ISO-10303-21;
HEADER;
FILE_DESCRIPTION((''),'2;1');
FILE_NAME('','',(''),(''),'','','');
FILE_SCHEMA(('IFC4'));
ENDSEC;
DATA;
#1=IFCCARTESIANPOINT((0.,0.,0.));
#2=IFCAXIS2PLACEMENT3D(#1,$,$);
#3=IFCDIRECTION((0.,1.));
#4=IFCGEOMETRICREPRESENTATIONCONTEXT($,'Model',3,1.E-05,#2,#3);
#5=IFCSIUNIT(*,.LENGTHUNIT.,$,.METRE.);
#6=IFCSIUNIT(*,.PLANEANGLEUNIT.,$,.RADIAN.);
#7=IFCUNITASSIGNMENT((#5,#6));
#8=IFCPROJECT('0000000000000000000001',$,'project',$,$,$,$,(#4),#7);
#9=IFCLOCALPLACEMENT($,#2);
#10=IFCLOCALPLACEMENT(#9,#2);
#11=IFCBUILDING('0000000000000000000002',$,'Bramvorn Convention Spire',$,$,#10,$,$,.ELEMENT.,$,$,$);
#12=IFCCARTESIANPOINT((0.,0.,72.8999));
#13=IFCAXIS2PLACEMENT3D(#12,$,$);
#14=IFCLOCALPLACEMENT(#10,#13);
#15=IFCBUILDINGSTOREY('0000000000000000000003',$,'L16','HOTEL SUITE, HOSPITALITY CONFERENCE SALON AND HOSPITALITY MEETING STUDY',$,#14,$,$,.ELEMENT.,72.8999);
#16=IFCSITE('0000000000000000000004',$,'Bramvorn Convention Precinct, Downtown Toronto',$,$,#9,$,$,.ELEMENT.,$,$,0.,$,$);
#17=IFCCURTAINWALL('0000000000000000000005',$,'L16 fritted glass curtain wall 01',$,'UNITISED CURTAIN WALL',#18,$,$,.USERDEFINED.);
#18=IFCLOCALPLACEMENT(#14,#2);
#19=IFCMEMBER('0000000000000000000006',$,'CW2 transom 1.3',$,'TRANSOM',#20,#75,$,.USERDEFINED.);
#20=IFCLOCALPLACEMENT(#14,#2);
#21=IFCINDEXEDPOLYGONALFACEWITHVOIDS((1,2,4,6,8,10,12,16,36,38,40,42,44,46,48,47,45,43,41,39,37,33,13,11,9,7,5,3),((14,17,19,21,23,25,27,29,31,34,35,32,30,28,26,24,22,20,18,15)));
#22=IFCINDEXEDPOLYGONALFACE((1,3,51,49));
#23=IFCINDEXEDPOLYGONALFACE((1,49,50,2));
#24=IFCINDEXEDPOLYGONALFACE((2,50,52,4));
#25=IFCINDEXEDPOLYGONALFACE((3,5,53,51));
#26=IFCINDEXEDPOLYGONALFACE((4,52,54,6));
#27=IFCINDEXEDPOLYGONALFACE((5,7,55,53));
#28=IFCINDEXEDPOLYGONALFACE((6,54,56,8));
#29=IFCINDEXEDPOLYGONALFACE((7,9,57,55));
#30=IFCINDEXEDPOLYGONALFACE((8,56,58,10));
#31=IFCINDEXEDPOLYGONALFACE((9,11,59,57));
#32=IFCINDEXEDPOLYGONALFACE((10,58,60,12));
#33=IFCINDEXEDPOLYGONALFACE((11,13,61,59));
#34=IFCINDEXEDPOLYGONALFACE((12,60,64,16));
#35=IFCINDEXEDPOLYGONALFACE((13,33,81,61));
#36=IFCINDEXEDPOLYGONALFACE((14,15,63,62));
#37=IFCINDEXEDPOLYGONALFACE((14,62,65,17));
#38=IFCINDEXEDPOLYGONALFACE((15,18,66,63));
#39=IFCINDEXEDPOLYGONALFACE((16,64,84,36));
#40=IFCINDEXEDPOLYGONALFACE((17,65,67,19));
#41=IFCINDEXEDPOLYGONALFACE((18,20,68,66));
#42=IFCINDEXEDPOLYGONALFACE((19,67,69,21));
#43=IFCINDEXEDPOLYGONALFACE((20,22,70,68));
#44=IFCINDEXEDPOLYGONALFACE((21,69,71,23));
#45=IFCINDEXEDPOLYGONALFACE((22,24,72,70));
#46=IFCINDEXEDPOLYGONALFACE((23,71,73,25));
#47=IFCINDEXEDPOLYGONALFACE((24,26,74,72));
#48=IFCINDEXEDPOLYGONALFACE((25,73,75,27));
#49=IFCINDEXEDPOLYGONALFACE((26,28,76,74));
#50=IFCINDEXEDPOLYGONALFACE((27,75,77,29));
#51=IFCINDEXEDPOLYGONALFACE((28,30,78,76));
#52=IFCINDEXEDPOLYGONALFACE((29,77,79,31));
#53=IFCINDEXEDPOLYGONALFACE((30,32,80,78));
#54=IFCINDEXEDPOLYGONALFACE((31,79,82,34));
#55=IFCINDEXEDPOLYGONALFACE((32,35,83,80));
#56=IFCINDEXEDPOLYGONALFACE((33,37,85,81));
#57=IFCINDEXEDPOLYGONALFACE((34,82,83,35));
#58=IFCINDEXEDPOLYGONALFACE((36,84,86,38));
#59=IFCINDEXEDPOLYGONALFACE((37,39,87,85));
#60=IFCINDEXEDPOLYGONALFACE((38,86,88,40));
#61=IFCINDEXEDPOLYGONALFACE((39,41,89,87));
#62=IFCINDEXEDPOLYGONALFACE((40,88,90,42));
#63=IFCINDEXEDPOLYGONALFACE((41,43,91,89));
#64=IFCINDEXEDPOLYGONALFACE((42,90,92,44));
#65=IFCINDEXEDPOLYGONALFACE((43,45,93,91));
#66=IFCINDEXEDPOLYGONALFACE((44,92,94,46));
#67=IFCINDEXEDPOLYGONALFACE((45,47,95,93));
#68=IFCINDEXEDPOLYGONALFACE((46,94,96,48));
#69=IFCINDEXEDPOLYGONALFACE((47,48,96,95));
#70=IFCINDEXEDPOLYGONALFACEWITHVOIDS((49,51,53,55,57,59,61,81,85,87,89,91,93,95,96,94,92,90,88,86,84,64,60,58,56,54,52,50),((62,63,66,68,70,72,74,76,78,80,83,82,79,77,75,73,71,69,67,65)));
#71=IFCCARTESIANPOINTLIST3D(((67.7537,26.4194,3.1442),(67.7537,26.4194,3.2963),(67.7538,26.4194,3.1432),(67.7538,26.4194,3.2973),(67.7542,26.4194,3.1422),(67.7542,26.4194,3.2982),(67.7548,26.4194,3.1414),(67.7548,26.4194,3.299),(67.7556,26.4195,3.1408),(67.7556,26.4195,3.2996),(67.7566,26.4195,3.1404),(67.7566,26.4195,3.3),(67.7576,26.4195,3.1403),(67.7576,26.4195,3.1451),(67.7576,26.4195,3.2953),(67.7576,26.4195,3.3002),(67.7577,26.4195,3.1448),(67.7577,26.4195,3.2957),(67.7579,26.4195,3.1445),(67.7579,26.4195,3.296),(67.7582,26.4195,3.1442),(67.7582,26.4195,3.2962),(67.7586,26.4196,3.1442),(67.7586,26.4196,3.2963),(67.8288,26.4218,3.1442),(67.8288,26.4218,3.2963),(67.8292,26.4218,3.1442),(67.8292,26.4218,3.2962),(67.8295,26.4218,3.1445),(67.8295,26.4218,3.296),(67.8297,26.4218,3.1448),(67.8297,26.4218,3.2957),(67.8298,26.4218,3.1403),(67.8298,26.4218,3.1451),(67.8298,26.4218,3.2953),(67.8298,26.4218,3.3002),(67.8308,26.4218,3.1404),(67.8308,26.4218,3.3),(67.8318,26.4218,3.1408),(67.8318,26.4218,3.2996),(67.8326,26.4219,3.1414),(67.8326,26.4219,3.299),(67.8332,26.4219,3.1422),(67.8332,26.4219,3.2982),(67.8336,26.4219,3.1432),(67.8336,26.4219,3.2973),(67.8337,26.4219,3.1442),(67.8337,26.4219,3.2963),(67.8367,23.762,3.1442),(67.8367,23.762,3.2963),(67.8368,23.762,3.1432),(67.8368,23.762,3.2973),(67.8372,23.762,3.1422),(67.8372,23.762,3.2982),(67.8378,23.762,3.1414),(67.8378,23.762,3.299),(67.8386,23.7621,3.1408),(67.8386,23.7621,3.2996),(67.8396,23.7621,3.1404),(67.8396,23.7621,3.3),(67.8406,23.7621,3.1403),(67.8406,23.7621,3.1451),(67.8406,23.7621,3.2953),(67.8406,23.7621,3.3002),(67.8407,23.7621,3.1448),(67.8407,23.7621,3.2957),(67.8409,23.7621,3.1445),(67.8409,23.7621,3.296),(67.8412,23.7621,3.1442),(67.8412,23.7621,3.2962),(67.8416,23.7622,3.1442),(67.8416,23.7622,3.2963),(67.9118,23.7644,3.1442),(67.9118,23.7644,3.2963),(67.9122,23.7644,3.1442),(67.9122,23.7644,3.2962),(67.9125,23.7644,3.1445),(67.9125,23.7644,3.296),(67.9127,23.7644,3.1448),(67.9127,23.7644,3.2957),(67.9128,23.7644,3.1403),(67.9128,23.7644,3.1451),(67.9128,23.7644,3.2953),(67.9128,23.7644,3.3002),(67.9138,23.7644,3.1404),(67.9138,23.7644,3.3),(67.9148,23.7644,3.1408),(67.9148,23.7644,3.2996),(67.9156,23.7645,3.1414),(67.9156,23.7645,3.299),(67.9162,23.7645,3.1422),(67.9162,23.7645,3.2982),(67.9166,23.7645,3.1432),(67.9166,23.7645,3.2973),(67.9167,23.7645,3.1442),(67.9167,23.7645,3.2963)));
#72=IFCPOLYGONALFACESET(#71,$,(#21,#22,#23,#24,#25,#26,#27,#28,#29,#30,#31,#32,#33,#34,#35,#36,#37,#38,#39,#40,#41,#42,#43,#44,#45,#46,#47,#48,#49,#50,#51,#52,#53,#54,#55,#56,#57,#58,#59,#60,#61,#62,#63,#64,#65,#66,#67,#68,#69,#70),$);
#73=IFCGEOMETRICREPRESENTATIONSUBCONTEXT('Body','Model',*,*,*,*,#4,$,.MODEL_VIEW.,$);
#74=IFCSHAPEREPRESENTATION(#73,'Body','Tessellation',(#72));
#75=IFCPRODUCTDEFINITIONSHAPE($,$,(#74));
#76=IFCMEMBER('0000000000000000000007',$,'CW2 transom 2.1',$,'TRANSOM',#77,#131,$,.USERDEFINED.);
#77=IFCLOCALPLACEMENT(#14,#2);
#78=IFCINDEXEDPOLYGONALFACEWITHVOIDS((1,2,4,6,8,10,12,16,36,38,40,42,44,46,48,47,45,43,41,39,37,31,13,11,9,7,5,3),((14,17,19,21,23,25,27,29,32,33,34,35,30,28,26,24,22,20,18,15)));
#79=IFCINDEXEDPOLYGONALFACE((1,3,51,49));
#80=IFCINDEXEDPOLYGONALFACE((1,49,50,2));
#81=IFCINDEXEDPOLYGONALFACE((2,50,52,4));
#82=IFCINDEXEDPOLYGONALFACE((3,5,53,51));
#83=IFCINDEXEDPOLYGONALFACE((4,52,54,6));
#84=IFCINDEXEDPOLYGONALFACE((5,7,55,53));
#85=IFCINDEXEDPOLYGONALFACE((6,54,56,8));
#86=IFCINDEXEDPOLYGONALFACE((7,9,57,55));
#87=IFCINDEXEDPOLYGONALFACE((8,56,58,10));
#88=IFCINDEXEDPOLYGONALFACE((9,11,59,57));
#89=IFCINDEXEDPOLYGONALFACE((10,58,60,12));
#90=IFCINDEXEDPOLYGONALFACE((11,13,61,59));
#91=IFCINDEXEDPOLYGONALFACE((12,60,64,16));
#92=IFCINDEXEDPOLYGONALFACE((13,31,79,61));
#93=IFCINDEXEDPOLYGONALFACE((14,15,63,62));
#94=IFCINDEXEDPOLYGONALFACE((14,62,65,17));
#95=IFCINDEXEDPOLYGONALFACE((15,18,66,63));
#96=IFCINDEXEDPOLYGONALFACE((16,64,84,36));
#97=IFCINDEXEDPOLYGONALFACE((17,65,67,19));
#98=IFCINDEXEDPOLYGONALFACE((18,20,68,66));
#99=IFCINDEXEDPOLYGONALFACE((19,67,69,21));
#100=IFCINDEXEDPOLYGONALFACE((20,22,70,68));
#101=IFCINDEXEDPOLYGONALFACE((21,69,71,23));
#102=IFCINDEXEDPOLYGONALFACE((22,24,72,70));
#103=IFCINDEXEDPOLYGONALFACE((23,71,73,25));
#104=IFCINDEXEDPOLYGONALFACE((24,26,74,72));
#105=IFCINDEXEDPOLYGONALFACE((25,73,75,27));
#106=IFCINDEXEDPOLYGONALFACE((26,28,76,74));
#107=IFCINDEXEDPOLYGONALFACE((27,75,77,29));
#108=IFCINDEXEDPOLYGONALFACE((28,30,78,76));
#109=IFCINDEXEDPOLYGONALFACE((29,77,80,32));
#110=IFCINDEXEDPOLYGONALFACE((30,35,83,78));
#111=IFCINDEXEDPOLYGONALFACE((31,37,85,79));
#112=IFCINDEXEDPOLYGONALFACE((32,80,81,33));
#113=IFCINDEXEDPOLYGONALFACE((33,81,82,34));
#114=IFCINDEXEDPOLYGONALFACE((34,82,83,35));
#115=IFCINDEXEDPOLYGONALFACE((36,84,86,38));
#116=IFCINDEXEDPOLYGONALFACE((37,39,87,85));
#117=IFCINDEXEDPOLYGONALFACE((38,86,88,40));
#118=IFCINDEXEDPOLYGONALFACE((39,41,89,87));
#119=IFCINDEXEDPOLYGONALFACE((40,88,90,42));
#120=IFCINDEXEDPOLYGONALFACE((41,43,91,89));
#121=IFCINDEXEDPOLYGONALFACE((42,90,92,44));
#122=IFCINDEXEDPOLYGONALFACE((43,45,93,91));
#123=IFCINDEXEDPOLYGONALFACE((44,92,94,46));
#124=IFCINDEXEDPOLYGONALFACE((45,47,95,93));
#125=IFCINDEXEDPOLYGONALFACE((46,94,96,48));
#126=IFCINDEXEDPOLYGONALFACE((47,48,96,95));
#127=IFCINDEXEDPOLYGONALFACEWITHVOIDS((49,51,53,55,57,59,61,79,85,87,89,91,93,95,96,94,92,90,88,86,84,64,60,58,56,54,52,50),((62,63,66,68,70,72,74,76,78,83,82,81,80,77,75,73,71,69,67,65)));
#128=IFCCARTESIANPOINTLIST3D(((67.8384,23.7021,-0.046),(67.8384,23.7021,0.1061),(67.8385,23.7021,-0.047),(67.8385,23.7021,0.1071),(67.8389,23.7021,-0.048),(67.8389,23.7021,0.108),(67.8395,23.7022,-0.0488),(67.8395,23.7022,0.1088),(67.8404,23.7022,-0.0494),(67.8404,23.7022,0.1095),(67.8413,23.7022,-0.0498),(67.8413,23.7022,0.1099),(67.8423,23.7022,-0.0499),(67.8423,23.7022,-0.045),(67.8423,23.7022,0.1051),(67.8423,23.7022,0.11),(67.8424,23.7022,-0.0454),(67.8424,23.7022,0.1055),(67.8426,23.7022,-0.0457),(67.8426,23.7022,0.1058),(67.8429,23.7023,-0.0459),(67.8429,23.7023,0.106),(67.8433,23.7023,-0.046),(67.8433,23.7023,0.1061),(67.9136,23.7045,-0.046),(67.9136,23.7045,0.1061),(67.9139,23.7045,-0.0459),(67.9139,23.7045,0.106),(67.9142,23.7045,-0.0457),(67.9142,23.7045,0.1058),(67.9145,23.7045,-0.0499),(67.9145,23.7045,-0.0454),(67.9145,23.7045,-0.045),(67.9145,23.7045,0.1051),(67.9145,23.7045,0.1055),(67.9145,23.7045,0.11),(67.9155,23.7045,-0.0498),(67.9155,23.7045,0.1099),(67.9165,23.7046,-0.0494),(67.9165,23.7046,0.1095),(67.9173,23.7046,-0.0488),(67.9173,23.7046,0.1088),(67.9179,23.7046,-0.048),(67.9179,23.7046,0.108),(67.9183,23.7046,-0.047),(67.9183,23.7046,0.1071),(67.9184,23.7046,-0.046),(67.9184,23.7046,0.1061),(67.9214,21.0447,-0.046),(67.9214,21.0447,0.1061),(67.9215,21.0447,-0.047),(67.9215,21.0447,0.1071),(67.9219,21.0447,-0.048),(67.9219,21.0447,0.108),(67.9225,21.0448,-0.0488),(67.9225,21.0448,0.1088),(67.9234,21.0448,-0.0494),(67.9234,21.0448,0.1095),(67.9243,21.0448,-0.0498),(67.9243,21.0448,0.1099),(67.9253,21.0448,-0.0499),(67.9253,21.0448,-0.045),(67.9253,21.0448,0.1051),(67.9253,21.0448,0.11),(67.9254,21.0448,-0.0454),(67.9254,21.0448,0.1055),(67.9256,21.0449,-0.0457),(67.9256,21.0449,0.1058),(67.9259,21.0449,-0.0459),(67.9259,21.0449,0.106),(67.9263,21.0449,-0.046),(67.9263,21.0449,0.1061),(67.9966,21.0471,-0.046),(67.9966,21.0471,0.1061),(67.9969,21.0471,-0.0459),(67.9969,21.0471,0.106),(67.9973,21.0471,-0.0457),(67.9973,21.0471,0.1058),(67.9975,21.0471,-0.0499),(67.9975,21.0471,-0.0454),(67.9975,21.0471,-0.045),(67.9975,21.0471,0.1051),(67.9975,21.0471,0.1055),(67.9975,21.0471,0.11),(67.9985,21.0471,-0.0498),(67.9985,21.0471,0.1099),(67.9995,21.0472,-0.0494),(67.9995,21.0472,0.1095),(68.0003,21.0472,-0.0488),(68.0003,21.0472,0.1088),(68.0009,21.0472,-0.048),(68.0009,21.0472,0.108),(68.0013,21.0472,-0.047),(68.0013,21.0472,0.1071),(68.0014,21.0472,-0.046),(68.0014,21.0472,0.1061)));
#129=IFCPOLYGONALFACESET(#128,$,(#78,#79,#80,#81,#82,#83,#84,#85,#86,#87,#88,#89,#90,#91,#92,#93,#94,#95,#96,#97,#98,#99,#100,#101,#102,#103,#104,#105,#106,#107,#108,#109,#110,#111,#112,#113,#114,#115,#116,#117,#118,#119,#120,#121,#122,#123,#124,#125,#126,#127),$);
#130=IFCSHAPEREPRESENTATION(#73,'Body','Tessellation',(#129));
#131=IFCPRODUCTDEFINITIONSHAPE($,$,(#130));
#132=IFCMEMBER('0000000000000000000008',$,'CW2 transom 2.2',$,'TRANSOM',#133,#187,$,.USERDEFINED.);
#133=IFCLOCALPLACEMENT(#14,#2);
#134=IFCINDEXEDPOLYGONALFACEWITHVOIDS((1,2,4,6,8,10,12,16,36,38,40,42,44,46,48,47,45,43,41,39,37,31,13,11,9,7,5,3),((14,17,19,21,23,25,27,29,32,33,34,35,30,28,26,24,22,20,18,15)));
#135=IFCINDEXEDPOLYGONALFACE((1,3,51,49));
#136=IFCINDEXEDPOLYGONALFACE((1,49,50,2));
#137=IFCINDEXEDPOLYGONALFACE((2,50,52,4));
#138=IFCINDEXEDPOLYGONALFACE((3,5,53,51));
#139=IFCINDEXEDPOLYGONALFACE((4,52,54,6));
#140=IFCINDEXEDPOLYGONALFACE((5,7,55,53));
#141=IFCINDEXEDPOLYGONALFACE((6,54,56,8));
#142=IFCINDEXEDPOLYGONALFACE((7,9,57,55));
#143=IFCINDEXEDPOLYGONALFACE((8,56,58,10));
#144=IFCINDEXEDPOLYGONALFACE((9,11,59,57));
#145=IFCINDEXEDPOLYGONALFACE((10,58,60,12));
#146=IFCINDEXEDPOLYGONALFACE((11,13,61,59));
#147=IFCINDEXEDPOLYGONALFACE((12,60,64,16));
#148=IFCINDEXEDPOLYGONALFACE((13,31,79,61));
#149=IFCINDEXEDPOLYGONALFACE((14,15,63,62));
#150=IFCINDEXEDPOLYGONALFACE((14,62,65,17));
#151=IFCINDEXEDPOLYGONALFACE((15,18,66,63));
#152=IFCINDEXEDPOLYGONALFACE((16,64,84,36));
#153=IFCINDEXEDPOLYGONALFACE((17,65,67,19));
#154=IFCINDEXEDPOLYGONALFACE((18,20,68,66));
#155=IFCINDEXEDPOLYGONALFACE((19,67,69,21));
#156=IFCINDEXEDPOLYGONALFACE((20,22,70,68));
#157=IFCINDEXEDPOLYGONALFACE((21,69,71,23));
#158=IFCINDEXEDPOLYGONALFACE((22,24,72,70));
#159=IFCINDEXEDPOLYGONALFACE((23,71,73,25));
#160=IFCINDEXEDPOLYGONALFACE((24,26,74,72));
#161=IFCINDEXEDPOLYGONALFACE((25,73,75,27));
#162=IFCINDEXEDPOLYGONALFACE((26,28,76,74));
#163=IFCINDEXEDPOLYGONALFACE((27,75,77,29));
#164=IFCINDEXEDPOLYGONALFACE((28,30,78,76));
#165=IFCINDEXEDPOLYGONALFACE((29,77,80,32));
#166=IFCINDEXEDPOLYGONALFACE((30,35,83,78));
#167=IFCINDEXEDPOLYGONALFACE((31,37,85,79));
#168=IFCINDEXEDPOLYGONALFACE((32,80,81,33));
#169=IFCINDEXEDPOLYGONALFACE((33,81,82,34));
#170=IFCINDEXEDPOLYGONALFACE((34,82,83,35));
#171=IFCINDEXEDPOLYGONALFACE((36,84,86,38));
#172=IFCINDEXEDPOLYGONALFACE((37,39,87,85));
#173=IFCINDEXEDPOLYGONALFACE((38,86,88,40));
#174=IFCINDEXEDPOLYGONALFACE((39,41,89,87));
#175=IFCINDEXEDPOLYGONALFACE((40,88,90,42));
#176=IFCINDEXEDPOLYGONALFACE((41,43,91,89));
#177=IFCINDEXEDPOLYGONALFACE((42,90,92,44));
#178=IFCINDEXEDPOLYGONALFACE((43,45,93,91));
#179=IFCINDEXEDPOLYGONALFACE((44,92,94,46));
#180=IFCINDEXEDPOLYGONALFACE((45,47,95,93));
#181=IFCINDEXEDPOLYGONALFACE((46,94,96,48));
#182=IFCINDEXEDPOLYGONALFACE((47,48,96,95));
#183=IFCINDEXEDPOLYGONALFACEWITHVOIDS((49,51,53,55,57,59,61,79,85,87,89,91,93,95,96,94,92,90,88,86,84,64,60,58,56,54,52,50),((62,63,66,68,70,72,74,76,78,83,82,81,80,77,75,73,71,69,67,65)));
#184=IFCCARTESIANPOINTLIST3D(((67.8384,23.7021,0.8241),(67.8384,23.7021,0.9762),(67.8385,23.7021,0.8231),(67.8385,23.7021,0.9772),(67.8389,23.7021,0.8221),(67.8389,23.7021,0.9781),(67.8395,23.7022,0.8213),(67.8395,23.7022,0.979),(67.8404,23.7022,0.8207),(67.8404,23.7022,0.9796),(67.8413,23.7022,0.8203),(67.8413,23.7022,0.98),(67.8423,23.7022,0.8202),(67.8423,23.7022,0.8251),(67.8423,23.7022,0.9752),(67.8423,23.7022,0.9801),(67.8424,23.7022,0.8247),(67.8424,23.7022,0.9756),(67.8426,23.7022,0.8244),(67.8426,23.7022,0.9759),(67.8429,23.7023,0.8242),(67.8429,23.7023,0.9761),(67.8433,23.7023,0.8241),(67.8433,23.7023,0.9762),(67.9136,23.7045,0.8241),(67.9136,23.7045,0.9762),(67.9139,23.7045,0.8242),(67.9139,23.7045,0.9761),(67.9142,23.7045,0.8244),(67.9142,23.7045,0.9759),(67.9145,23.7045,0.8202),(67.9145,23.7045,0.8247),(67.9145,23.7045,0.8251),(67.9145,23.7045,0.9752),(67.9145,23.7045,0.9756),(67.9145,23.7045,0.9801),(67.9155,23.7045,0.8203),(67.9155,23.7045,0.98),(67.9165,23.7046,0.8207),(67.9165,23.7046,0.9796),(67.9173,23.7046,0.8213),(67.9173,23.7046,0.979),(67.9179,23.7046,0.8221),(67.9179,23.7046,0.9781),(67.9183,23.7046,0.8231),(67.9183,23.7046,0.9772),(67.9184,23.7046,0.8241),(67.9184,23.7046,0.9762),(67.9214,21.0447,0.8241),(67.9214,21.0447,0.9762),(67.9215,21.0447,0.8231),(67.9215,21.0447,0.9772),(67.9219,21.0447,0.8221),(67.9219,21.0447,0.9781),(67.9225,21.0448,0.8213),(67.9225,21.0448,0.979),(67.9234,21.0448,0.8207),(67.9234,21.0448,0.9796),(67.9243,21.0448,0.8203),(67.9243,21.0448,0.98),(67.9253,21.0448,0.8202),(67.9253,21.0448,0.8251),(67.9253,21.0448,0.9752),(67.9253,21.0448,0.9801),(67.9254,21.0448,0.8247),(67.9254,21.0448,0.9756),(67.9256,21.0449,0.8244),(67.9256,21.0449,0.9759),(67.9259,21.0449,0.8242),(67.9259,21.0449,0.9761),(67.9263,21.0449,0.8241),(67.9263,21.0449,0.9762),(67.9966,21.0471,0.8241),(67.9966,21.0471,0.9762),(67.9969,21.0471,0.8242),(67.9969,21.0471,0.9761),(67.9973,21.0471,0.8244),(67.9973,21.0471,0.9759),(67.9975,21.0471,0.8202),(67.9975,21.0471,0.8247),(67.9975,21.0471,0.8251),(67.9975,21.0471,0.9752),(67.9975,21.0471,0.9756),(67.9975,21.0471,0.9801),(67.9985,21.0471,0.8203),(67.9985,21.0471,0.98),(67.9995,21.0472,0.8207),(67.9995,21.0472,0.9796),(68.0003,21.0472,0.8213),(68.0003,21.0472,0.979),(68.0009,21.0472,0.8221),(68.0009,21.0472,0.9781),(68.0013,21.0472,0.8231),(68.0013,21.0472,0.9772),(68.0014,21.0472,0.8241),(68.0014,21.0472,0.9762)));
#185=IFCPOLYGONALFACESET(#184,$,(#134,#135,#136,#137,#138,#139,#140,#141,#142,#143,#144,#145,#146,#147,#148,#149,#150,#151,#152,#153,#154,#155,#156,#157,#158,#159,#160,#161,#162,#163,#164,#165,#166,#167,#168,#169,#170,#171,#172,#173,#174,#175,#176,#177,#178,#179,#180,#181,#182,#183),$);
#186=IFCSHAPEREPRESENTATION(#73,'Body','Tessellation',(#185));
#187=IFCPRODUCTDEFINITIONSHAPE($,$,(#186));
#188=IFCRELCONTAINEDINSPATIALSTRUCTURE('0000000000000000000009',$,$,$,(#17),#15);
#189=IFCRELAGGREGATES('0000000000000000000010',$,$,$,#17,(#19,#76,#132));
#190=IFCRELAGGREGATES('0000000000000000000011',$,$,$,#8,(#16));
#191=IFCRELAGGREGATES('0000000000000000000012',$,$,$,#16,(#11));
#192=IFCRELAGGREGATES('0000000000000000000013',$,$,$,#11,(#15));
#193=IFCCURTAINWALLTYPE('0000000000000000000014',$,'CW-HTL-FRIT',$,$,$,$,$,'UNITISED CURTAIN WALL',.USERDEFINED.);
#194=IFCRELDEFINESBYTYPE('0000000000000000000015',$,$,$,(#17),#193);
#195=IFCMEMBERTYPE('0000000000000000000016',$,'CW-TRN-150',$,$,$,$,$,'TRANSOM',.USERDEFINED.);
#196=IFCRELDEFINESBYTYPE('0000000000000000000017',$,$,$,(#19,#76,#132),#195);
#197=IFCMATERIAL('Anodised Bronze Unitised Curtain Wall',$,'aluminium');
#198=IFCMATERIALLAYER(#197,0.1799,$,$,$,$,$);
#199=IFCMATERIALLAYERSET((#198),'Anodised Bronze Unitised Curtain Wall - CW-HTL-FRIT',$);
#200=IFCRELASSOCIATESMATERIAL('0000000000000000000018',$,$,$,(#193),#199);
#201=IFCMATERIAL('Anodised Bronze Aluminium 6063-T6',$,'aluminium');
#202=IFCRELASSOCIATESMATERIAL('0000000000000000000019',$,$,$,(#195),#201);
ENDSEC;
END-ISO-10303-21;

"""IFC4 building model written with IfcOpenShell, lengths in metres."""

from ifc_helpers import new_model, si_unit, direction, frame, origin, origin_2d, place, context, subcontext, project, spatial, hollow_rectangle, extrude, material, layer, layer_set, material_profile, profile_set, type_object, element, aggregate, save


model = new_model("IFC4")

# Units and contexts
model_context = context("Model", 3, precision=1e-05, world=origin(), true_north=direction((0.0, 1.0)))
body_context = subcontext(model_context, "Body", "Model", "MODEL_VIEW")
ifc_project = project(units=[si_unit("LENGTHUNIT", "METRE"), si_unit("PLANEANGLEUNIT", "RADIAN")], contexts=[model_context])

# Site, building, storey
site_placement = place(None, origin())
site = spatial("IfcSite", under=ifc_project, at=site_placement, Name="Bramvorn Convention Precinct, Downtown Toronto", CompositionType="ELEMENT", RefElevation=0.0)
building_placement = place(site_placement, origin())
building = spatial("IfcBuilding", under=site, at=building_placement, Name="Bramvorn Convention Spire", CompositionType="ELEMENT")
storey_placement = place(building_placement, frame((0.0, 0.0, 72.8999)))
storey = spatial("IfcBuildingStorey", under=building, at=storey_placement, Name="L16", Description="HOTEL SUITE, HOSPITALITY CONFERENCE SALON AND HOSPITALITY MEETING STUDY", CompositionType="ELEMENT", Elevation=72.8999)

# Curtain wall
ifc_material_1 = material(Name="Anodised Bronze Unitised Curtain Wall", Category="aluminium")
ifc_layer_1 = layer(ifc_material_1, 0.1799)
ifc_layer_set_1 = layer_set([ifc_layer_1], Name="Anodised Bronze Unitised Curtain Wall - CW-HTL-FRIT")
curtain_wall_type = type_object("IfcCurtainWallType", Name="CW-HTL-FRIT", ElementType="UNITISED CURTAIN WALL", PredefinedType="USERDEFINED", material=ifc_layer_set_1)
curtain_wall_1_placement = place(storey_placement, origin())
curtain_wall_1 = element("IfcCurtainWall", 1, at=curtain_wall_1_placement, inside=storey, type_object=curtain_wall_type, Name="L16 fritted glass curtain wall 01", ObjectType="UNITISED CURTAIN WALL", PredefinedType="USERDEFINED")
ifc_material_2 = material(Name="Anodised Bronze Aluminium 6063-T6", Category="aluminium")

# Members
ifc_material_profile_1 = material_profile(ifc_material_2, hollow_rectangle(XDim=0.0801, YDim=0.1599, WallThickness=0.0039, InnerFilletRadius=0.001, OuterFilletRadius=0.0039, at=origin_2d()))
ifc_profile_set_1 = profile_set([ifc_material_profile_1], Name="Anodised Bronze Aluminium 6063-T6 - CWT80X160")
member_type_1 = type_object("IfcMemberType", Name="CW-TRN-150", ElementType="TRANSOM", PredefinedType="USERDEFINED", material=ifc_profile_set_1)
member_1_placement = place(storey_placement, frame((67.7937, 26.4207, 3.2202), z_axis=(0.03122, -0.999513, 0.0), x_axis=(0.999513, 0.03122, 0.0)))
member_1 = element("IfcMember", 2, at=member_1_placement, type_object=member_type_1, Name="CW2 transom 1.3", ObjectType="TRANSOM", PredefinedType="USERDEFINED", context=body_context, shape_type="SweptSolid", body=[
    extrude(hollow_rectangle(XDim=0.0801, YDim=0.1599, WallThickness=0.0039, InnerFilletRadius=0.001, OuterFilletRadius=0.0039, at=origin_2d()), origin(), (0.0, 0.0, 1.0), 2.6587),
])
member_2_placement = place(storey_placement, frame((67.8784, 23.7034, 0.03), z_axis=(0.03122, -0.999513, 0.0), x_axis=(0.999513, 0.03122, 0.0)))
member_2 = element("IfcMember", 3, at=member_2_placement, type_object=member_type_1, Name="CW2 transom 2.1", ObjectType="TRANSOM", PredefinedType="USERDEFINED", context=body_context, shape_type="SweptSolid", body=[
    extrude(hollow_rectangle(XDim=0.0801, YDim=0.1599, WallThickness=0.0039, InnerFilletRadius=0.001, OuterFilletRadius=0.0039, at=origin_2d()), origin(), (0.0, 0.0, 1.0), 2.6587),
])
member_3_placement = place(storey_placement, frame((67.8784, 23.7034, 0.9001), z_axis=(0.03122, -0.999513, 0.0), x_axis=(0.999513, 0.03122, 0.0)))
member_3 = element("IfcMember", 4, at=member_3_placement, type_object=member_type_1, Name="CW2 transom 2.2", ObjectType="TRANSOM", PredefinedType="USERDEFINED", context=body_context, shape_type="SweptSolid", body=[
    extrude(hollow_rectangle(XDim=0.0801, YDim=0.1599, WallThickness=0.0039, InnerFilletRadius=0.001, OuterFilletRadius=0.0039, at=origin_2d()), origin(), (0.0, 0.0, 1.0), 2.6587),
])

aggregate(curtain_wall_1, [member_1, member_2, member_3])

save(model, "model.ifc")
